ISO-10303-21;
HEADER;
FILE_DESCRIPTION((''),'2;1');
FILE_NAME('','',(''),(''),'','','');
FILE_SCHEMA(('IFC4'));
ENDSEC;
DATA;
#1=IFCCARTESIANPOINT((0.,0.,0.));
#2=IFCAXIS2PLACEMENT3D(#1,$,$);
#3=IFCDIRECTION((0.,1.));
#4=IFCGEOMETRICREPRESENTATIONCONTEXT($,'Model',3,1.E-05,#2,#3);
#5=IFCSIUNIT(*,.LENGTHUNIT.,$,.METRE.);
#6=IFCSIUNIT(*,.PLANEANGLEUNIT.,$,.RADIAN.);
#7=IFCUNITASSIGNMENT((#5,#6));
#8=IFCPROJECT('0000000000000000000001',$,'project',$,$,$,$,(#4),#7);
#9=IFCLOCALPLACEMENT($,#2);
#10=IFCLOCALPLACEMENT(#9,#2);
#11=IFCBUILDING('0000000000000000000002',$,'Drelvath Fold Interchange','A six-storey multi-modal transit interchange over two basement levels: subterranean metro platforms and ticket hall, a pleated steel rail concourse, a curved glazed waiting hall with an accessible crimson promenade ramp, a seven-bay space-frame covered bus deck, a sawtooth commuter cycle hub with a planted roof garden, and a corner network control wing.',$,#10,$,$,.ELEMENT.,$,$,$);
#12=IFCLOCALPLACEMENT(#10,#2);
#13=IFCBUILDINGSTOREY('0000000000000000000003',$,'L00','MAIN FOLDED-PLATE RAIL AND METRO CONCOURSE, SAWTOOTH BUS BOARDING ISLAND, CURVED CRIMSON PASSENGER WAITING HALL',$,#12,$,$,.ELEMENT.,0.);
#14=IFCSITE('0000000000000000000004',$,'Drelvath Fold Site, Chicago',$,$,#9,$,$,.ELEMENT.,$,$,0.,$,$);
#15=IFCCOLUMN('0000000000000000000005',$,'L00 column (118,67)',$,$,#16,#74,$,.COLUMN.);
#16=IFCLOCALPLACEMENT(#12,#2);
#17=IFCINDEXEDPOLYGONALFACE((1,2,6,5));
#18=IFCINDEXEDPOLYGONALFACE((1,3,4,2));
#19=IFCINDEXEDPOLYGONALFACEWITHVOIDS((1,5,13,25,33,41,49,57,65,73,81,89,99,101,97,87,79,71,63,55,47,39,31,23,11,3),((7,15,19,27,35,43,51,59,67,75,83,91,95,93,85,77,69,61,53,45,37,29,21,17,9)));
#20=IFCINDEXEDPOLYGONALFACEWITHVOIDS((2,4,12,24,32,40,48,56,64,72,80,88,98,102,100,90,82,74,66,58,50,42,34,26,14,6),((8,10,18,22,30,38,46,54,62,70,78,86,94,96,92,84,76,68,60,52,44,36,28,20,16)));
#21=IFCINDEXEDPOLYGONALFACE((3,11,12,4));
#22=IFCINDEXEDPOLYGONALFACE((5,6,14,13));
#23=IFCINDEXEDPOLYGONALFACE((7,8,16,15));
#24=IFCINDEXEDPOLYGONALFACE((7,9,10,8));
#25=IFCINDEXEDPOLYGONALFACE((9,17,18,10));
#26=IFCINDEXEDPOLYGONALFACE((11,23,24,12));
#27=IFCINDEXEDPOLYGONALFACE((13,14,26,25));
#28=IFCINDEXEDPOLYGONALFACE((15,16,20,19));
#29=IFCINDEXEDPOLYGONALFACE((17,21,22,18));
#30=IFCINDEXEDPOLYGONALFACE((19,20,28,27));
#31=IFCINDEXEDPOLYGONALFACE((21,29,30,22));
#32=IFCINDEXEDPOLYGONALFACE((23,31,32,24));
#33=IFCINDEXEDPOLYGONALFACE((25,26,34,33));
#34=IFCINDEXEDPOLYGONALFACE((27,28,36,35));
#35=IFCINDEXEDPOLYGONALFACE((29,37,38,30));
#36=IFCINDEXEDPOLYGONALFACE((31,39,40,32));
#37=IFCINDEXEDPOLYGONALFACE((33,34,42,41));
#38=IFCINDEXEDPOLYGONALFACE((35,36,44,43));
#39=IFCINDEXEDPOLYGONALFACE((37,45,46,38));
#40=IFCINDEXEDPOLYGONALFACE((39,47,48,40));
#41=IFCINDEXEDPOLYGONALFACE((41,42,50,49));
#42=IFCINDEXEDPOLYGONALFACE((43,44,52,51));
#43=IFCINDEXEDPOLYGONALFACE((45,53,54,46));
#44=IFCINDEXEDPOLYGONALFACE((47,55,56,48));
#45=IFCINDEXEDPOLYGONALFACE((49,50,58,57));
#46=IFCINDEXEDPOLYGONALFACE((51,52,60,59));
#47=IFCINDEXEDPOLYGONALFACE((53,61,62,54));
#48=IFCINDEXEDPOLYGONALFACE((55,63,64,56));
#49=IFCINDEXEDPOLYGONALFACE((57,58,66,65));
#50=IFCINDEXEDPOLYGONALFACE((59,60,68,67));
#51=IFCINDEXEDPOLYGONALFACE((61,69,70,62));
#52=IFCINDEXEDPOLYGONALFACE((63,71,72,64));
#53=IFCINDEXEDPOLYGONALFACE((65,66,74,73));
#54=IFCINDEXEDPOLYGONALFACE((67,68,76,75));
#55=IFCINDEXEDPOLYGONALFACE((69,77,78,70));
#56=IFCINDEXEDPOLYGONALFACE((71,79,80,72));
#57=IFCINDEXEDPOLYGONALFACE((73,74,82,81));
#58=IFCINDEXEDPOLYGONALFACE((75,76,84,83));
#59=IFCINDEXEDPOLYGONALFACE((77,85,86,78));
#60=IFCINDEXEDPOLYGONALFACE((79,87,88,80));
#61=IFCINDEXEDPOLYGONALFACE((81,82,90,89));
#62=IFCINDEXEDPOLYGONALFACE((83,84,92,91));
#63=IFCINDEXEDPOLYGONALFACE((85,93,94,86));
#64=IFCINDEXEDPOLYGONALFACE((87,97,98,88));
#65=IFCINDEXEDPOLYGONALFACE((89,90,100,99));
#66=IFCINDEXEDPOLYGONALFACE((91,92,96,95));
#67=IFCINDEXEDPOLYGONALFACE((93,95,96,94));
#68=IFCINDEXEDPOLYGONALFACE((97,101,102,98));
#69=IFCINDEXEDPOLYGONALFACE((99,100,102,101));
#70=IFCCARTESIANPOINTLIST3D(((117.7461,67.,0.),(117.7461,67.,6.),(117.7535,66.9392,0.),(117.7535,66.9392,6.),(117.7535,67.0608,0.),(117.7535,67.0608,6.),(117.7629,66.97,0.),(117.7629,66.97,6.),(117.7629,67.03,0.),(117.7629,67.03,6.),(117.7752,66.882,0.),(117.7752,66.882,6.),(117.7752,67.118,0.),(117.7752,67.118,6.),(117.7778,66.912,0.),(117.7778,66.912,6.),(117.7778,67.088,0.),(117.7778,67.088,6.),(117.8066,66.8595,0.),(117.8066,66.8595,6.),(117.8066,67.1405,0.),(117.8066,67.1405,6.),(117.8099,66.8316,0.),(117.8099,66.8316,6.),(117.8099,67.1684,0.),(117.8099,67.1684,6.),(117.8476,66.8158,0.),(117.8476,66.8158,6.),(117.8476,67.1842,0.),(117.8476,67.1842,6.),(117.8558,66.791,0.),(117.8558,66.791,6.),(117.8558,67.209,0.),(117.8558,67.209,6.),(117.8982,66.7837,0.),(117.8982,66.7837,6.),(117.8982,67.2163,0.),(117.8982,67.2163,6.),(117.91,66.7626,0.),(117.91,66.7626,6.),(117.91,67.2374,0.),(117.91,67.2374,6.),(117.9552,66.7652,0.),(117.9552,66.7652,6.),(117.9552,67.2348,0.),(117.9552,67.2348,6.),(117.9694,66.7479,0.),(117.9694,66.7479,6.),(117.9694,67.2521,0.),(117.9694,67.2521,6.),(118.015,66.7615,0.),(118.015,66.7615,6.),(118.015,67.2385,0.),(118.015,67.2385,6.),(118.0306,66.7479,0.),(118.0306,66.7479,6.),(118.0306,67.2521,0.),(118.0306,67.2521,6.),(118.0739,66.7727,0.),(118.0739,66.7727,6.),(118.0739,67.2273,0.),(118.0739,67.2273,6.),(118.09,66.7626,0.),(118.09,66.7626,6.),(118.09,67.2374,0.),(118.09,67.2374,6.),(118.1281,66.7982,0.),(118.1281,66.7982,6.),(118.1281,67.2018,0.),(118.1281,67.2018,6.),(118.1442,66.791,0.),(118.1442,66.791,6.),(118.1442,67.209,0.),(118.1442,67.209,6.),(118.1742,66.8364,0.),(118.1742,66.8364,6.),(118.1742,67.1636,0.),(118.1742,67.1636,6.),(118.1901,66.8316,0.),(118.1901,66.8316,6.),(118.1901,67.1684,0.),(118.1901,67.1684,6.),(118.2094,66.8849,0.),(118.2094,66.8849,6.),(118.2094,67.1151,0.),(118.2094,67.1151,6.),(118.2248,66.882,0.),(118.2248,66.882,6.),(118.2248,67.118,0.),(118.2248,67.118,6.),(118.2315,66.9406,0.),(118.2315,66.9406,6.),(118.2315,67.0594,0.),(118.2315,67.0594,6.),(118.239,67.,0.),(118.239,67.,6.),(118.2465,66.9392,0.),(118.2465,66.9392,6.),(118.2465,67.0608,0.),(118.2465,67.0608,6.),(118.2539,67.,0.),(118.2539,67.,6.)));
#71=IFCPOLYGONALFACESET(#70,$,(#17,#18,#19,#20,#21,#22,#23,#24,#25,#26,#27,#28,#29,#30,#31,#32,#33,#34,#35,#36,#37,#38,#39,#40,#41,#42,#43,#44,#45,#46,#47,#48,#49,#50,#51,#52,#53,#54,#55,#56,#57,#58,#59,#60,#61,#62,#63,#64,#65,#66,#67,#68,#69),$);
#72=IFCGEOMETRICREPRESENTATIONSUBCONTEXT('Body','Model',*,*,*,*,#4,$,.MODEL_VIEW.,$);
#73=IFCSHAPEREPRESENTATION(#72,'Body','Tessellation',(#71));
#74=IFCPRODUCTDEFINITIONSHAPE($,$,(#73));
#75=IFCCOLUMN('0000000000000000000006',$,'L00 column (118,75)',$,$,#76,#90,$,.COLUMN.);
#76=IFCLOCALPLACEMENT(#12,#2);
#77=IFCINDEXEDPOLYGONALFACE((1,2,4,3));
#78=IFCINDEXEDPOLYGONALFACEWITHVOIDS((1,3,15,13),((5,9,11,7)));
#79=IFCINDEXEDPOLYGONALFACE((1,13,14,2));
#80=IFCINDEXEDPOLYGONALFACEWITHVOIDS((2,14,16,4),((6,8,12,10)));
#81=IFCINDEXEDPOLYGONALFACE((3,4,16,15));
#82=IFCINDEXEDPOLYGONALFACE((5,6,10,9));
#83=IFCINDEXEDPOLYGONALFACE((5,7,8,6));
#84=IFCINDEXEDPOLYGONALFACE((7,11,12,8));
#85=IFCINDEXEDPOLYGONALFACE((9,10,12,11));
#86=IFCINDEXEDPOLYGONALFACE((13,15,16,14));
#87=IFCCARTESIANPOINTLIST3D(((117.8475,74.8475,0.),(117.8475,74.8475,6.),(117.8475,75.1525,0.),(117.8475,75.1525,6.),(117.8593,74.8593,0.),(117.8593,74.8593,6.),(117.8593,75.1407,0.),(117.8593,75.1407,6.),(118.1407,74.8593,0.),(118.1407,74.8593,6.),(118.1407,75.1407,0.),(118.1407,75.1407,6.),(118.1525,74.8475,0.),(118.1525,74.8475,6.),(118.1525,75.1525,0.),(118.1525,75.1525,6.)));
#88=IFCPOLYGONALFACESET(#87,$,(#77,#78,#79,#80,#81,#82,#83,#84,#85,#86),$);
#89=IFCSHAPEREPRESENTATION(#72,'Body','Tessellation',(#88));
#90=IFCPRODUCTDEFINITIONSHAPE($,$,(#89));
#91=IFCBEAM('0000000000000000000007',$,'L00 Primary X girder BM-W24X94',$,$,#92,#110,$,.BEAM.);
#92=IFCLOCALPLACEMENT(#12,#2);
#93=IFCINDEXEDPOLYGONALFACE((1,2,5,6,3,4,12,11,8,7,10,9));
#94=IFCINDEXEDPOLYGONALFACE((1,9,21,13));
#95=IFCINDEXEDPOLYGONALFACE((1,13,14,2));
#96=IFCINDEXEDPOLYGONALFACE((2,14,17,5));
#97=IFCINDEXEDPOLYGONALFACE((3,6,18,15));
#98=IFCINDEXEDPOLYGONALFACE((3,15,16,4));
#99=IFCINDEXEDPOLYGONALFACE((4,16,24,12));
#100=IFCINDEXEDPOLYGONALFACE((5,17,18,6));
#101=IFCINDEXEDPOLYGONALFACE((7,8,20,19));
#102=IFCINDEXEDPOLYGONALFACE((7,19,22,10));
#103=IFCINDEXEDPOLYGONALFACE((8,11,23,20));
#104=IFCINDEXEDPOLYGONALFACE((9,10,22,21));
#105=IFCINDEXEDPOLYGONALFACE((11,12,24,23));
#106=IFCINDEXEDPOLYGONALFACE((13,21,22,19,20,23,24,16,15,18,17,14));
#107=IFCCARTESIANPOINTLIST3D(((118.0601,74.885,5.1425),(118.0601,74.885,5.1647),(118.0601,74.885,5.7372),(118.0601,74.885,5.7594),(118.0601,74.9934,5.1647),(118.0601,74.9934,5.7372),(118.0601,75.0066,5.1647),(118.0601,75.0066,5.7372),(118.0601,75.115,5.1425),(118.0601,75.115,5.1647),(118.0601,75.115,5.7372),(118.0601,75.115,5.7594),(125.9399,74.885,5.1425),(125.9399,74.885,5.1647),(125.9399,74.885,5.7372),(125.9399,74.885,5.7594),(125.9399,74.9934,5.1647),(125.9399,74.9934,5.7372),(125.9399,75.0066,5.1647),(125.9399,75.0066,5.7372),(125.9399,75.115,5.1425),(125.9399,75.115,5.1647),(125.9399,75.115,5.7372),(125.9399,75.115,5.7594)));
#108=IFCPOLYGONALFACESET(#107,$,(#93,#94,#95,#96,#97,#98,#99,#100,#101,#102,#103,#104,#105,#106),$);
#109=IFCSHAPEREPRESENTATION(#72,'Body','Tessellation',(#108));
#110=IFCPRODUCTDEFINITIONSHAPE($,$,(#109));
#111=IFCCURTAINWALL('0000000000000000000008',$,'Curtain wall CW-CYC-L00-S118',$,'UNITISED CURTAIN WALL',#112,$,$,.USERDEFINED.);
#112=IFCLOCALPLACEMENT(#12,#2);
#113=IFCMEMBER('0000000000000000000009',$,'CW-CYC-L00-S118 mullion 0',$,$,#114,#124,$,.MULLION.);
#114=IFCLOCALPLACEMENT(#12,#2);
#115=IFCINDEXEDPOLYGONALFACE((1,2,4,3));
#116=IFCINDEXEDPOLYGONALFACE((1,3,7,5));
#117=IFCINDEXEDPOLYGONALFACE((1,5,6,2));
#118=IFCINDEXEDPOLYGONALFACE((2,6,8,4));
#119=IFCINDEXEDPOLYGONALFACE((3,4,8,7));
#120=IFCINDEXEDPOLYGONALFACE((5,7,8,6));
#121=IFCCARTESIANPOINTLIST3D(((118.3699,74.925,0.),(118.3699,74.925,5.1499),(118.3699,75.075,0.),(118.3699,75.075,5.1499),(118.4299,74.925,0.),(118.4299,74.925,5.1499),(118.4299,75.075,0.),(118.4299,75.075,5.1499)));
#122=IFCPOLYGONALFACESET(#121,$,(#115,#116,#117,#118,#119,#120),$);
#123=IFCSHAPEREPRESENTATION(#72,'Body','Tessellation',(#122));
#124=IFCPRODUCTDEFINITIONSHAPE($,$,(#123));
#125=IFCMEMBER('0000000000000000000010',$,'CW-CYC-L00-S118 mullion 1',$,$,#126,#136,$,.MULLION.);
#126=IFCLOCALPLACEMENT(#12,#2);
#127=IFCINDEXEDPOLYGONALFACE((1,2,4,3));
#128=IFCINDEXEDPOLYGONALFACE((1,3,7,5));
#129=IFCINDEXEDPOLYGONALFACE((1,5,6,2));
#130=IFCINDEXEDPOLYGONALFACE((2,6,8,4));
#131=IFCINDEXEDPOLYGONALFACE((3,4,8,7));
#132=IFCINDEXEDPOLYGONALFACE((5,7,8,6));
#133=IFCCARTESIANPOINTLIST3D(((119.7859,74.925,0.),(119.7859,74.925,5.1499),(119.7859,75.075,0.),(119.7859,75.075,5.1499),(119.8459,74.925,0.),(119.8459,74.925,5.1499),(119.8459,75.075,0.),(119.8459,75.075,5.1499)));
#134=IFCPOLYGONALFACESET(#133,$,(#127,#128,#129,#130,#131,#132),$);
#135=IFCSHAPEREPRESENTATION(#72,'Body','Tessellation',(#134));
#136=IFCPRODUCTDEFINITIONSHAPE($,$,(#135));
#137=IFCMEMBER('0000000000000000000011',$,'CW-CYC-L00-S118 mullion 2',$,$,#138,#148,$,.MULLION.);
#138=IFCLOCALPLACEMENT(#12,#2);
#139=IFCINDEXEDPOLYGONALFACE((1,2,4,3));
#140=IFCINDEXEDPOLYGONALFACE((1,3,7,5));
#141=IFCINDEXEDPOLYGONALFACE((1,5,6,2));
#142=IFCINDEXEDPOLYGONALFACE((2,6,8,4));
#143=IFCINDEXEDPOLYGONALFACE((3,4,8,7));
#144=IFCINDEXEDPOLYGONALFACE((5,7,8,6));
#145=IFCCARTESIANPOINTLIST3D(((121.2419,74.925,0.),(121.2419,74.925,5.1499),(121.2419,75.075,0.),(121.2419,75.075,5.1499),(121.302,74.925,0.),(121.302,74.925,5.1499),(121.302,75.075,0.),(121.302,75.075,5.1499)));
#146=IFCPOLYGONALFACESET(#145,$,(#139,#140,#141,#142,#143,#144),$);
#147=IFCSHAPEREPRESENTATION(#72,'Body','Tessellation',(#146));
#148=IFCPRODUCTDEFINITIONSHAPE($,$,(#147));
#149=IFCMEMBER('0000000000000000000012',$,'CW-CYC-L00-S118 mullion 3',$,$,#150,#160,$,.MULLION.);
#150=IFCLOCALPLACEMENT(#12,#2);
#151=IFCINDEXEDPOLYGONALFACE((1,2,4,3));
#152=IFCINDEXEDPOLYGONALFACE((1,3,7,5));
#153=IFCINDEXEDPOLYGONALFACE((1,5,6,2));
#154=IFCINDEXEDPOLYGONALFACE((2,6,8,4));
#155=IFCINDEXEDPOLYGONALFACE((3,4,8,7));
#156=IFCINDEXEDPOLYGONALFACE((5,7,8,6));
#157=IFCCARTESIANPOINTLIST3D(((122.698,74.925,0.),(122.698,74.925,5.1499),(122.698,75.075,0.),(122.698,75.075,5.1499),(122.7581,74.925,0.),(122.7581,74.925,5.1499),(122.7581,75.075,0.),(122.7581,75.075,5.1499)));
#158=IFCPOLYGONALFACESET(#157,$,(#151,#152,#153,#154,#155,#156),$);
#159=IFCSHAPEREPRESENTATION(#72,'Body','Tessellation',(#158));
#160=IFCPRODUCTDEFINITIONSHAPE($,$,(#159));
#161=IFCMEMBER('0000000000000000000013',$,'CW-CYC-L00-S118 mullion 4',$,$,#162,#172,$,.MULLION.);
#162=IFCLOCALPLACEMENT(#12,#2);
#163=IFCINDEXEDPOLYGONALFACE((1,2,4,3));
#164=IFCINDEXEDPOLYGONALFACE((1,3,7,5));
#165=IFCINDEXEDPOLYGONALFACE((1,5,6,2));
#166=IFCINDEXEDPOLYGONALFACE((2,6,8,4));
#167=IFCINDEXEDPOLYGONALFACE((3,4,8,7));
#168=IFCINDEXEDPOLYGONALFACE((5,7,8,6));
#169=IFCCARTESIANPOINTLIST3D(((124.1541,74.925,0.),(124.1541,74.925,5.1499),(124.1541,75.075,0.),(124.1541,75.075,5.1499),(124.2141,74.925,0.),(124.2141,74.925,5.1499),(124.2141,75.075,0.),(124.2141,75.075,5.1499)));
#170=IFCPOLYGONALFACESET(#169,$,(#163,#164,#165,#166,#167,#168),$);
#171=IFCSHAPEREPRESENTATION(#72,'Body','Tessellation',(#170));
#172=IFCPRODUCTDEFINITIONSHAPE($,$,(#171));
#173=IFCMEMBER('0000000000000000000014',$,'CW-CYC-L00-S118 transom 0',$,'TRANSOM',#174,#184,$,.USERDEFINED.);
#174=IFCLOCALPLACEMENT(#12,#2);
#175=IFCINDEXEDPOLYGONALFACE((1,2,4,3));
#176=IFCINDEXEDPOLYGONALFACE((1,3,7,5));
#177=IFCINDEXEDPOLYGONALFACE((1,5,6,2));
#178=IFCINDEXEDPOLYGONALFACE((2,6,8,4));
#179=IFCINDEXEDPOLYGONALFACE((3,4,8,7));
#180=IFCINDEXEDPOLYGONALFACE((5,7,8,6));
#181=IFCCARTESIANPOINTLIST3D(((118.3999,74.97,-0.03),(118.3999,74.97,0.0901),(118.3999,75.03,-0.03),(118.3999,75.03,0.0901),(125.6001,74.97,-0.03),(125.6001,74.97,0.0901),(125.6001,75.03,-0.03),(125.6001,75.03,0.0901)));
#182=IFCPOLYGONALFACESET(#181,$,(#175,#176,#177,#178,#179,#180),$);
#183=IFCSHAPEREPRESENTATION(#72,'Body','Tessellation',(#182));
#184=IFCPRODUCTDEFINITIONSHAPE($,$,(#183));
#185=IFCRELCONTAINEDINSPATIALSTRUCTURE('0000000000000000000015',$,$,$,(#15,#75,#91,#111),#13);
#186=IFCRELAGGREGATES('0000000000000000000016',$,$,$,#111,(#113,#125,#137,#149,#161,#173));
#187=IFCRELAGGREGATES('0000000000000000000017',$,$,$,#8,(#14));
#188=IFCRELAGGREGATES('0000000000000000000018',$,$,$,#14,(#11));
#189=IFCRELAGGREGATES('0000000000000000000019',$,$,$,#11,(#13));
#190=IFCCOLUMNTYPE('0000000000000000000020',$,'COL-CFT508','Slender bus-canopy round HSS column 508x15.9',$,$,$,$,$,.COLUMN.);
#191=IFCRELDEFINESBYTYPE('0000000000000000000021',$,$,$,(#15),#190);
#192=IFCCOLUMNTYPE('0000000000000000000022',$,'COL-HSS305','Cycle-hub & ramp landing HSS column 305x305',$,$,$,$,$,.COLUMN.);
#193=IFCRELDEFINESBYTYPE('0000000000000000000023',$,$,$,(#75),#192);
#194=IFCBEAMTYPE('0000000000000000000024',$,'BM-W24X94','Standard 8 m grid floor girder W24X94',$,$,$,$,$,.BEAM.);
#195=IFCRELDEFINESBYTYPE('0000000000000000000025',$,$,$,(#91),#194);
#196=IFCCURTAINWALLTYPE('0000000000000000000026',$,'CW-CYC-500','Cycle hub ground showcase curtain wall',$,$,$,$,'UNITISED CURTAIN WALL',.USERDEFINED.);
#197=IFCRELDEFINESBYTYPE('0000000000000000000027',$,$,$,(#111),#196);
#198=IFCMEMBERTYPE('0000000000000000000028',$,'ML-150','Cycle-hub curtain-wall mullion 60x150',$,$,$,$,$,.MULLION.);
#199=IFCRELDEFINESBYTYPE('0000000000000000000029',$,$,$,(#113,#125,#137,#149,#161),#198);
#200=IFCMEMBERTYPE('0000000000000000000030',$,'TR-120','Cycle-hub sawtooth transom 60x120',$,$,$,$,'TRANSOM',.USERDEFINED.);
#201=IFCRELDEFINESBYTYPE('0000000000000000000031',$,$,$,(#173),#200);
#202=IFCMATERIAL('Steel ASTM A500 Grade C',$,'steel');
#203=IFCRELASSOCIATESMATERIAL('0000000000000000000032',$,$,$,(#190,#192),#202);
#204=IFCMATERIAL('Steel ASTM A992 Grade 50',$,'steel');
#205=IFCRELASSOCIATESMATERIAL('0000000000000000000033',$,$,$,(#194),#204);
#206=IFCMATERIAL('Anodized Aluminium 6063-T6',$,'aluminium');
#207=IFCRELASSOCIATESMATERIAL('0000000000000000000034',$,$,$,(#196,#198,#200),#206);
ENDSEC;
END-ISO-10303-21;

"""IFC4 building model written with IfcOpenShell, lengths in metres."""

from ifc_helpers import new_model, si_unit, direction, frame, origin, origin_2d, place, context, subcontext, project, spatial, rectangle, hollow_rectangle, hollow_circle, i_section, extrude, material, material_profile, profile_set, type_object, element, aggregate, save


model = new_model("IFC4")

# Units and contexts
model_context = context("Model", 3, precision=1e-05, world=origin(), true_north=direction((0.0, 1.0)))
body_context = subcontext(model_context, "Body", "Model", "MODEL_VIEW")
ifc_project = project(units=[si_unit("LENGTHUNIT", "METRE"), si_unit("PLANEANGLEUNIT", "RADIAN")], contexts=[model_context])

# Site, building, storey
site_placement = place(None, origin())
site = spatial("IfcSite", under=ifc_project, at=site_placement, Name="Drelvath Fold Site, Chicago", CompositionType="ELEMENT", RefElevation=0.0)
building_placement = place(site_placement, origin())
building = spatial("IfcBuilding", under=site, at=building_placement, Name="Drelvath Fold Interchange", Description="A six-storey multi-modal transit interchange over two basement levels: subterranean metro platforms and ticket hall, a pleated steel rail concourse, a curved glazed waiting hall with an accessible crimson promenade ramp, a seven-bay space-frame covered bus deck, a sawtooth commuter cycle hub with a planted roof garden, and a corner network control wing.", CompositionType="ELEMENT")
storey_placement = place(building_placement, origin())
storey = spatial("IfcBuildingStorey", under=building, at=storey_placement, Name="L00", Description="MAIN FOLDED-PLATE RAIL AND METRO CONCOURSE, SAWTOOTH BUS BOARDING ISLAND, CURVED CRIMSON PASSENGER WAITING HALL", CompositionType="ELEMENT", Elevation=0.0)

# Columns
ifc_material_1 = material(Name="Steel ASTM A500 Grade C", Category="steel")
ifc_material_profile_1 = material_profile(ifc_material_1, hollow_circle(Radius=0.2539, WallThickness=0.0149, at=origin_2d()), Name="HSS20.000X0.625")
ifc_profile_set_1 = profile_set([ifc_material_profile_1], Name="Steel ASTM A500 Grade C")
column_type_1 = type_object("IfcColumnType", Name="COL-CFT508", Description="Slender bus-canopy round HSS column 508x15.9", PredefinedType="COLUMN", material=ifc_profile_set_1)
column_1_placement = place(storey_placement, frame((118.0, 67.0, 0.0), z_axis=(0.0, 0.0, 1.0), x_axis=(1.0, 0.0, 0.0)))
element("IfcColumn", 1, at=column_1_placement, inside=storey, type_object=column_type_1, Name="L00 column (118,67)", PredefinedType="COLUMN", context=body_context, shape_type="SweptSolid", body=[
    extrude(hollow_circle(Radius=0.2539, WallThickness=0.0149, at=origin_2d()), origin(), (0.0, 0.0, 1.0), 6.0),
])
ifc_material_profile_2 = material_profile(ifc_material_1, hollow_rectangle(XDim=0.3049, YDim=0.3049, WallThickness=0.0117, at=origin_2d()), Name="HSS12X12X1/2")
ifc_profile_set_2 = profile_set([ifc_material_profile_2], Name="Steel ASTM A500 Grade C")
column_type_2 = type_object("IfcColumnType", Name="COL-HSS305", Description="Cycle-hub & ramp landing HSS column 305x305", PredefinedType="COLUMN", material=ifc_profile_set_2)
column_2_placement = place(storey_placement, frame((118.0, 75.0, 0.0), z_axis=(0.0, 0.0, 1.0), x_axis=(1.0, 0.0, 0.0)))
element("IfcColumn", 2, at=column_2_placement, inside=storey, type_object=column_type_2, Name="L00 column (118,75)", PredefinedType="COLUMN", context=body_context, shape_type="SweptSolid", body=[
    extrude(hollow_rectangle(XDim=0.3049, YDim=0.3049, WallThickness=0.0117, at=origin_2d()), origin(), (0.0, 0.0, 1.0), 6.0),
])

# Beam
ifc_material_2 = material(Name="Steel ASTM A992 Grade 50", Category="steel")
ifc_material_profile_3 = material_profile(ifc_material_2, i_section(OverallWidth=0.23, OverallDepth=0.6169, WebThickness=0.0132, FlangeThickness=0.0222, at=origin_2d()), Name="W24X94")
ifc_profile_set_3 = profile_set([ifc_material_profile_3], Name="Steel ASTM A992 Grade 50")
beam_type = type_object("IfcBeamType", Name="BM-W24X94", Description="Standard 8 m grid floor girder W24X94", PredefinedType="BEAM", material=ifc_profile_set_3)
beam_placement = place(storey_placement, frame((118.0601, 75.0, 5.4509), z_axis=(1.0, 0.0, 0.0), x_axis=(0.0, 1.0, 0.0)))
element("IfcBeam", 3, at=beam_placement, inside=storey, type_object=beam_type, Name="L00 Primary X girder BM-W24X94", PredefinedType="BEAM", context=body_context, shape_type="SweptSolid", body=[
    extrude(i_section(OverallWidth=0.23, OverallDepth=0.6169, WebThickness=0.0132, FlangeThickness=0.0222, at=origin_2d()), origin(), (0.0, 0.0, 1.0), 7.8799),
])

# Curtain wall, members
ifc_material_3 = material(Name="Anodized Aluminium 6063-T6", Category="aluminium")
curtain_wall_type = type_object("IfcCurtainWallType", Name="CW-CYC-500", Description="Cycle hub ground showcase curtain wall", ElementType="UNITISED CURTAIN WALL", PredefinedType="USERDEFINED", material=ifc_material_3)
curtain_wall_placement = place(storey_placement, origin())
curtain_wall = element("IfcCurtainWall", 4, at=curtain_wall_placement, inside=storey, type_object=curtain_wall_type, Name="Curtain wall CW-CYC-L00-S118", ObjectType="UNITISED CURTAIN WALL", PredefinedType="USERDEFINED")
ifc_material_profile_4 = material_profile(ifc_material_3, rectangle(XDim=0.0601, YDim=0.1499, at=origin_2d()), Name="AL-M 60x150")
ifc_profile_set_4 = profile_set([ifc_material_profile_4], Name="Anodized Aluminium 6063-T6")
member_type_1 = type_object("IfcMemberType", Name="ML-150", Description="Cycle-hub curtain-wall mullion 60x150", PredefinedType="MULLION", material=ifc_profile_set_4)
member_1_placement = place(storey_placement, frame((118.3999, 75.0, 0.0), z_axis=(0.0, 0.0, 1.0), x_axis=(1.0, 0.0, 0.0)))
member_1 = element("IfcMember", 5, at=member_1_placement, type_object=member_type_1, Name="CW-CYC-L00-S118 mullion 0", PredefinedType="MULLION", context=body_context, shape_type="SweptSolid", body=[
    extrude(rectangle(XDim=0.0601, YDim=0.1499, at=origin_2d()), origin(), (0.0, 0.0, 1.0), 5.1499),
])
member_2_placement = place(storey_placement, frame((119.8159, 75.0, 0.0), z_axis=(0.0, 0.0, 1.0), x_axis=(1.0, 0.0, 0.0)))
member_2 = element("IfcMember", 6, at=member_2_placement, type_object=member_type_1, Name="CW-CYC-L00-S118 mullion 1", PredefinedType="MULLION", context=body_context, shape_type="SweptSolid", body=[
    extrude(rectangle(XDim=0.0601, YDim=0.1499, at=origin_2d()), origin(), (0.0, 0.0, 1.0), 5.1499),
])
member_3_placement = place(storey_placement, frame((121.272, 75.0, 0.0), z_axis=(0.0, 0.0, 1.0), x_axis=(1.0, 0.0, 0.0)))
member_3 = element("IfcMember", 7, at=member_3_placement, type_object=member_type_1, Name="CW-CYC-L00-S118 mullion 2", PredefinedType="MULLION", context=body_context, shape_type="SweptSolid", body=[
    extrude(rectangle(XDim=0.0601, YDim=0.1499, at=origin_2d()), origin(), (0.0, 0.0, 1.0), 5.1499),
])
member_4_placement = place(storey_placement, frame((122.728, 75.0, 0.0), z_axis=(0.0, 0.0, 1.0), x_axis=(1.0, 0.0, 0.0)))
member_4 = element("IfcMember", 8, at=member_4_placement, type_object=member_type_1, Name="CW-CYC-L00-S118 mullion 3", PredefinedType="MULLION", context=body_context, shape_type="SweptSolid", body=[
    extrude(rectangle(XDim=0.0601, YDim=0.1499, at=origin_2d()), origin(), (0.0, 0.0, 1.0), 5.1499),
])
member_5_placement = place(storey_placement, frame((124.1841, 75.0, 0.0), z_axis=(0.0, 0.0, 1.0), x_axis=(1.0, 0.0, 0.0)))
member_5 = element("IfcMember", 9, at=member_5_placement, type_object=member_type_1, Name="CW-CYC-L00-S118 mullion 4", PredefinedType="MULLION", context=body_context, shape_type="SweptSolid", body=[
    extrude(rectangle(XDim=0.0601, YDim=0.1499, at=origin_2d()), origin(), (0.0, 0.0, 1.0), 5.1499),
])
ifc_material_profile_5 = material_profile(ifc_material_3, rectangle(XDim=0.0601, YDim=0.1201, at=origin_2d()), Name="AL-T 60x120")
ifc_profile_set_5 = profile_set([ifc_material_profile_5], Name="Anodized Aluminium 6063-T6")
member_type_2 = type_object("IfcMemberType", Name="TR-120", Description="Cycle-hub sawtooth transom 60x120", ElementType="TRANSOM", PredefinedType="USERDEFINED", material=ifc_profile_set_5)
member_6_placement = place(storey_placement, frame((118.3999, 75.0, 0.03), z_axis=(1.0, 0.0, 0.0), x_axis=(0.0, 1.0, 0.0)))
member_6 = element("IfcMember", 10, at=member_6_placement, type_object=member_type_2, Name="CW-CYC-L00-S118 transom 0", ObjectType="TRANSOM", PredefinedType="USERDEFINED", context=body_context, shape_type="SweptSolid", body=[
    extrude(rectangle(XDim=0.0601, YDim=0.1201, at=origin_2d()), origin(), (0.0, 0.0, 1.0), 7.2002),
])
aggregate(curtain_wall, [member_1, member_2, member_3, member_4, member_5, member_6])

save(model, "model.ifc")
